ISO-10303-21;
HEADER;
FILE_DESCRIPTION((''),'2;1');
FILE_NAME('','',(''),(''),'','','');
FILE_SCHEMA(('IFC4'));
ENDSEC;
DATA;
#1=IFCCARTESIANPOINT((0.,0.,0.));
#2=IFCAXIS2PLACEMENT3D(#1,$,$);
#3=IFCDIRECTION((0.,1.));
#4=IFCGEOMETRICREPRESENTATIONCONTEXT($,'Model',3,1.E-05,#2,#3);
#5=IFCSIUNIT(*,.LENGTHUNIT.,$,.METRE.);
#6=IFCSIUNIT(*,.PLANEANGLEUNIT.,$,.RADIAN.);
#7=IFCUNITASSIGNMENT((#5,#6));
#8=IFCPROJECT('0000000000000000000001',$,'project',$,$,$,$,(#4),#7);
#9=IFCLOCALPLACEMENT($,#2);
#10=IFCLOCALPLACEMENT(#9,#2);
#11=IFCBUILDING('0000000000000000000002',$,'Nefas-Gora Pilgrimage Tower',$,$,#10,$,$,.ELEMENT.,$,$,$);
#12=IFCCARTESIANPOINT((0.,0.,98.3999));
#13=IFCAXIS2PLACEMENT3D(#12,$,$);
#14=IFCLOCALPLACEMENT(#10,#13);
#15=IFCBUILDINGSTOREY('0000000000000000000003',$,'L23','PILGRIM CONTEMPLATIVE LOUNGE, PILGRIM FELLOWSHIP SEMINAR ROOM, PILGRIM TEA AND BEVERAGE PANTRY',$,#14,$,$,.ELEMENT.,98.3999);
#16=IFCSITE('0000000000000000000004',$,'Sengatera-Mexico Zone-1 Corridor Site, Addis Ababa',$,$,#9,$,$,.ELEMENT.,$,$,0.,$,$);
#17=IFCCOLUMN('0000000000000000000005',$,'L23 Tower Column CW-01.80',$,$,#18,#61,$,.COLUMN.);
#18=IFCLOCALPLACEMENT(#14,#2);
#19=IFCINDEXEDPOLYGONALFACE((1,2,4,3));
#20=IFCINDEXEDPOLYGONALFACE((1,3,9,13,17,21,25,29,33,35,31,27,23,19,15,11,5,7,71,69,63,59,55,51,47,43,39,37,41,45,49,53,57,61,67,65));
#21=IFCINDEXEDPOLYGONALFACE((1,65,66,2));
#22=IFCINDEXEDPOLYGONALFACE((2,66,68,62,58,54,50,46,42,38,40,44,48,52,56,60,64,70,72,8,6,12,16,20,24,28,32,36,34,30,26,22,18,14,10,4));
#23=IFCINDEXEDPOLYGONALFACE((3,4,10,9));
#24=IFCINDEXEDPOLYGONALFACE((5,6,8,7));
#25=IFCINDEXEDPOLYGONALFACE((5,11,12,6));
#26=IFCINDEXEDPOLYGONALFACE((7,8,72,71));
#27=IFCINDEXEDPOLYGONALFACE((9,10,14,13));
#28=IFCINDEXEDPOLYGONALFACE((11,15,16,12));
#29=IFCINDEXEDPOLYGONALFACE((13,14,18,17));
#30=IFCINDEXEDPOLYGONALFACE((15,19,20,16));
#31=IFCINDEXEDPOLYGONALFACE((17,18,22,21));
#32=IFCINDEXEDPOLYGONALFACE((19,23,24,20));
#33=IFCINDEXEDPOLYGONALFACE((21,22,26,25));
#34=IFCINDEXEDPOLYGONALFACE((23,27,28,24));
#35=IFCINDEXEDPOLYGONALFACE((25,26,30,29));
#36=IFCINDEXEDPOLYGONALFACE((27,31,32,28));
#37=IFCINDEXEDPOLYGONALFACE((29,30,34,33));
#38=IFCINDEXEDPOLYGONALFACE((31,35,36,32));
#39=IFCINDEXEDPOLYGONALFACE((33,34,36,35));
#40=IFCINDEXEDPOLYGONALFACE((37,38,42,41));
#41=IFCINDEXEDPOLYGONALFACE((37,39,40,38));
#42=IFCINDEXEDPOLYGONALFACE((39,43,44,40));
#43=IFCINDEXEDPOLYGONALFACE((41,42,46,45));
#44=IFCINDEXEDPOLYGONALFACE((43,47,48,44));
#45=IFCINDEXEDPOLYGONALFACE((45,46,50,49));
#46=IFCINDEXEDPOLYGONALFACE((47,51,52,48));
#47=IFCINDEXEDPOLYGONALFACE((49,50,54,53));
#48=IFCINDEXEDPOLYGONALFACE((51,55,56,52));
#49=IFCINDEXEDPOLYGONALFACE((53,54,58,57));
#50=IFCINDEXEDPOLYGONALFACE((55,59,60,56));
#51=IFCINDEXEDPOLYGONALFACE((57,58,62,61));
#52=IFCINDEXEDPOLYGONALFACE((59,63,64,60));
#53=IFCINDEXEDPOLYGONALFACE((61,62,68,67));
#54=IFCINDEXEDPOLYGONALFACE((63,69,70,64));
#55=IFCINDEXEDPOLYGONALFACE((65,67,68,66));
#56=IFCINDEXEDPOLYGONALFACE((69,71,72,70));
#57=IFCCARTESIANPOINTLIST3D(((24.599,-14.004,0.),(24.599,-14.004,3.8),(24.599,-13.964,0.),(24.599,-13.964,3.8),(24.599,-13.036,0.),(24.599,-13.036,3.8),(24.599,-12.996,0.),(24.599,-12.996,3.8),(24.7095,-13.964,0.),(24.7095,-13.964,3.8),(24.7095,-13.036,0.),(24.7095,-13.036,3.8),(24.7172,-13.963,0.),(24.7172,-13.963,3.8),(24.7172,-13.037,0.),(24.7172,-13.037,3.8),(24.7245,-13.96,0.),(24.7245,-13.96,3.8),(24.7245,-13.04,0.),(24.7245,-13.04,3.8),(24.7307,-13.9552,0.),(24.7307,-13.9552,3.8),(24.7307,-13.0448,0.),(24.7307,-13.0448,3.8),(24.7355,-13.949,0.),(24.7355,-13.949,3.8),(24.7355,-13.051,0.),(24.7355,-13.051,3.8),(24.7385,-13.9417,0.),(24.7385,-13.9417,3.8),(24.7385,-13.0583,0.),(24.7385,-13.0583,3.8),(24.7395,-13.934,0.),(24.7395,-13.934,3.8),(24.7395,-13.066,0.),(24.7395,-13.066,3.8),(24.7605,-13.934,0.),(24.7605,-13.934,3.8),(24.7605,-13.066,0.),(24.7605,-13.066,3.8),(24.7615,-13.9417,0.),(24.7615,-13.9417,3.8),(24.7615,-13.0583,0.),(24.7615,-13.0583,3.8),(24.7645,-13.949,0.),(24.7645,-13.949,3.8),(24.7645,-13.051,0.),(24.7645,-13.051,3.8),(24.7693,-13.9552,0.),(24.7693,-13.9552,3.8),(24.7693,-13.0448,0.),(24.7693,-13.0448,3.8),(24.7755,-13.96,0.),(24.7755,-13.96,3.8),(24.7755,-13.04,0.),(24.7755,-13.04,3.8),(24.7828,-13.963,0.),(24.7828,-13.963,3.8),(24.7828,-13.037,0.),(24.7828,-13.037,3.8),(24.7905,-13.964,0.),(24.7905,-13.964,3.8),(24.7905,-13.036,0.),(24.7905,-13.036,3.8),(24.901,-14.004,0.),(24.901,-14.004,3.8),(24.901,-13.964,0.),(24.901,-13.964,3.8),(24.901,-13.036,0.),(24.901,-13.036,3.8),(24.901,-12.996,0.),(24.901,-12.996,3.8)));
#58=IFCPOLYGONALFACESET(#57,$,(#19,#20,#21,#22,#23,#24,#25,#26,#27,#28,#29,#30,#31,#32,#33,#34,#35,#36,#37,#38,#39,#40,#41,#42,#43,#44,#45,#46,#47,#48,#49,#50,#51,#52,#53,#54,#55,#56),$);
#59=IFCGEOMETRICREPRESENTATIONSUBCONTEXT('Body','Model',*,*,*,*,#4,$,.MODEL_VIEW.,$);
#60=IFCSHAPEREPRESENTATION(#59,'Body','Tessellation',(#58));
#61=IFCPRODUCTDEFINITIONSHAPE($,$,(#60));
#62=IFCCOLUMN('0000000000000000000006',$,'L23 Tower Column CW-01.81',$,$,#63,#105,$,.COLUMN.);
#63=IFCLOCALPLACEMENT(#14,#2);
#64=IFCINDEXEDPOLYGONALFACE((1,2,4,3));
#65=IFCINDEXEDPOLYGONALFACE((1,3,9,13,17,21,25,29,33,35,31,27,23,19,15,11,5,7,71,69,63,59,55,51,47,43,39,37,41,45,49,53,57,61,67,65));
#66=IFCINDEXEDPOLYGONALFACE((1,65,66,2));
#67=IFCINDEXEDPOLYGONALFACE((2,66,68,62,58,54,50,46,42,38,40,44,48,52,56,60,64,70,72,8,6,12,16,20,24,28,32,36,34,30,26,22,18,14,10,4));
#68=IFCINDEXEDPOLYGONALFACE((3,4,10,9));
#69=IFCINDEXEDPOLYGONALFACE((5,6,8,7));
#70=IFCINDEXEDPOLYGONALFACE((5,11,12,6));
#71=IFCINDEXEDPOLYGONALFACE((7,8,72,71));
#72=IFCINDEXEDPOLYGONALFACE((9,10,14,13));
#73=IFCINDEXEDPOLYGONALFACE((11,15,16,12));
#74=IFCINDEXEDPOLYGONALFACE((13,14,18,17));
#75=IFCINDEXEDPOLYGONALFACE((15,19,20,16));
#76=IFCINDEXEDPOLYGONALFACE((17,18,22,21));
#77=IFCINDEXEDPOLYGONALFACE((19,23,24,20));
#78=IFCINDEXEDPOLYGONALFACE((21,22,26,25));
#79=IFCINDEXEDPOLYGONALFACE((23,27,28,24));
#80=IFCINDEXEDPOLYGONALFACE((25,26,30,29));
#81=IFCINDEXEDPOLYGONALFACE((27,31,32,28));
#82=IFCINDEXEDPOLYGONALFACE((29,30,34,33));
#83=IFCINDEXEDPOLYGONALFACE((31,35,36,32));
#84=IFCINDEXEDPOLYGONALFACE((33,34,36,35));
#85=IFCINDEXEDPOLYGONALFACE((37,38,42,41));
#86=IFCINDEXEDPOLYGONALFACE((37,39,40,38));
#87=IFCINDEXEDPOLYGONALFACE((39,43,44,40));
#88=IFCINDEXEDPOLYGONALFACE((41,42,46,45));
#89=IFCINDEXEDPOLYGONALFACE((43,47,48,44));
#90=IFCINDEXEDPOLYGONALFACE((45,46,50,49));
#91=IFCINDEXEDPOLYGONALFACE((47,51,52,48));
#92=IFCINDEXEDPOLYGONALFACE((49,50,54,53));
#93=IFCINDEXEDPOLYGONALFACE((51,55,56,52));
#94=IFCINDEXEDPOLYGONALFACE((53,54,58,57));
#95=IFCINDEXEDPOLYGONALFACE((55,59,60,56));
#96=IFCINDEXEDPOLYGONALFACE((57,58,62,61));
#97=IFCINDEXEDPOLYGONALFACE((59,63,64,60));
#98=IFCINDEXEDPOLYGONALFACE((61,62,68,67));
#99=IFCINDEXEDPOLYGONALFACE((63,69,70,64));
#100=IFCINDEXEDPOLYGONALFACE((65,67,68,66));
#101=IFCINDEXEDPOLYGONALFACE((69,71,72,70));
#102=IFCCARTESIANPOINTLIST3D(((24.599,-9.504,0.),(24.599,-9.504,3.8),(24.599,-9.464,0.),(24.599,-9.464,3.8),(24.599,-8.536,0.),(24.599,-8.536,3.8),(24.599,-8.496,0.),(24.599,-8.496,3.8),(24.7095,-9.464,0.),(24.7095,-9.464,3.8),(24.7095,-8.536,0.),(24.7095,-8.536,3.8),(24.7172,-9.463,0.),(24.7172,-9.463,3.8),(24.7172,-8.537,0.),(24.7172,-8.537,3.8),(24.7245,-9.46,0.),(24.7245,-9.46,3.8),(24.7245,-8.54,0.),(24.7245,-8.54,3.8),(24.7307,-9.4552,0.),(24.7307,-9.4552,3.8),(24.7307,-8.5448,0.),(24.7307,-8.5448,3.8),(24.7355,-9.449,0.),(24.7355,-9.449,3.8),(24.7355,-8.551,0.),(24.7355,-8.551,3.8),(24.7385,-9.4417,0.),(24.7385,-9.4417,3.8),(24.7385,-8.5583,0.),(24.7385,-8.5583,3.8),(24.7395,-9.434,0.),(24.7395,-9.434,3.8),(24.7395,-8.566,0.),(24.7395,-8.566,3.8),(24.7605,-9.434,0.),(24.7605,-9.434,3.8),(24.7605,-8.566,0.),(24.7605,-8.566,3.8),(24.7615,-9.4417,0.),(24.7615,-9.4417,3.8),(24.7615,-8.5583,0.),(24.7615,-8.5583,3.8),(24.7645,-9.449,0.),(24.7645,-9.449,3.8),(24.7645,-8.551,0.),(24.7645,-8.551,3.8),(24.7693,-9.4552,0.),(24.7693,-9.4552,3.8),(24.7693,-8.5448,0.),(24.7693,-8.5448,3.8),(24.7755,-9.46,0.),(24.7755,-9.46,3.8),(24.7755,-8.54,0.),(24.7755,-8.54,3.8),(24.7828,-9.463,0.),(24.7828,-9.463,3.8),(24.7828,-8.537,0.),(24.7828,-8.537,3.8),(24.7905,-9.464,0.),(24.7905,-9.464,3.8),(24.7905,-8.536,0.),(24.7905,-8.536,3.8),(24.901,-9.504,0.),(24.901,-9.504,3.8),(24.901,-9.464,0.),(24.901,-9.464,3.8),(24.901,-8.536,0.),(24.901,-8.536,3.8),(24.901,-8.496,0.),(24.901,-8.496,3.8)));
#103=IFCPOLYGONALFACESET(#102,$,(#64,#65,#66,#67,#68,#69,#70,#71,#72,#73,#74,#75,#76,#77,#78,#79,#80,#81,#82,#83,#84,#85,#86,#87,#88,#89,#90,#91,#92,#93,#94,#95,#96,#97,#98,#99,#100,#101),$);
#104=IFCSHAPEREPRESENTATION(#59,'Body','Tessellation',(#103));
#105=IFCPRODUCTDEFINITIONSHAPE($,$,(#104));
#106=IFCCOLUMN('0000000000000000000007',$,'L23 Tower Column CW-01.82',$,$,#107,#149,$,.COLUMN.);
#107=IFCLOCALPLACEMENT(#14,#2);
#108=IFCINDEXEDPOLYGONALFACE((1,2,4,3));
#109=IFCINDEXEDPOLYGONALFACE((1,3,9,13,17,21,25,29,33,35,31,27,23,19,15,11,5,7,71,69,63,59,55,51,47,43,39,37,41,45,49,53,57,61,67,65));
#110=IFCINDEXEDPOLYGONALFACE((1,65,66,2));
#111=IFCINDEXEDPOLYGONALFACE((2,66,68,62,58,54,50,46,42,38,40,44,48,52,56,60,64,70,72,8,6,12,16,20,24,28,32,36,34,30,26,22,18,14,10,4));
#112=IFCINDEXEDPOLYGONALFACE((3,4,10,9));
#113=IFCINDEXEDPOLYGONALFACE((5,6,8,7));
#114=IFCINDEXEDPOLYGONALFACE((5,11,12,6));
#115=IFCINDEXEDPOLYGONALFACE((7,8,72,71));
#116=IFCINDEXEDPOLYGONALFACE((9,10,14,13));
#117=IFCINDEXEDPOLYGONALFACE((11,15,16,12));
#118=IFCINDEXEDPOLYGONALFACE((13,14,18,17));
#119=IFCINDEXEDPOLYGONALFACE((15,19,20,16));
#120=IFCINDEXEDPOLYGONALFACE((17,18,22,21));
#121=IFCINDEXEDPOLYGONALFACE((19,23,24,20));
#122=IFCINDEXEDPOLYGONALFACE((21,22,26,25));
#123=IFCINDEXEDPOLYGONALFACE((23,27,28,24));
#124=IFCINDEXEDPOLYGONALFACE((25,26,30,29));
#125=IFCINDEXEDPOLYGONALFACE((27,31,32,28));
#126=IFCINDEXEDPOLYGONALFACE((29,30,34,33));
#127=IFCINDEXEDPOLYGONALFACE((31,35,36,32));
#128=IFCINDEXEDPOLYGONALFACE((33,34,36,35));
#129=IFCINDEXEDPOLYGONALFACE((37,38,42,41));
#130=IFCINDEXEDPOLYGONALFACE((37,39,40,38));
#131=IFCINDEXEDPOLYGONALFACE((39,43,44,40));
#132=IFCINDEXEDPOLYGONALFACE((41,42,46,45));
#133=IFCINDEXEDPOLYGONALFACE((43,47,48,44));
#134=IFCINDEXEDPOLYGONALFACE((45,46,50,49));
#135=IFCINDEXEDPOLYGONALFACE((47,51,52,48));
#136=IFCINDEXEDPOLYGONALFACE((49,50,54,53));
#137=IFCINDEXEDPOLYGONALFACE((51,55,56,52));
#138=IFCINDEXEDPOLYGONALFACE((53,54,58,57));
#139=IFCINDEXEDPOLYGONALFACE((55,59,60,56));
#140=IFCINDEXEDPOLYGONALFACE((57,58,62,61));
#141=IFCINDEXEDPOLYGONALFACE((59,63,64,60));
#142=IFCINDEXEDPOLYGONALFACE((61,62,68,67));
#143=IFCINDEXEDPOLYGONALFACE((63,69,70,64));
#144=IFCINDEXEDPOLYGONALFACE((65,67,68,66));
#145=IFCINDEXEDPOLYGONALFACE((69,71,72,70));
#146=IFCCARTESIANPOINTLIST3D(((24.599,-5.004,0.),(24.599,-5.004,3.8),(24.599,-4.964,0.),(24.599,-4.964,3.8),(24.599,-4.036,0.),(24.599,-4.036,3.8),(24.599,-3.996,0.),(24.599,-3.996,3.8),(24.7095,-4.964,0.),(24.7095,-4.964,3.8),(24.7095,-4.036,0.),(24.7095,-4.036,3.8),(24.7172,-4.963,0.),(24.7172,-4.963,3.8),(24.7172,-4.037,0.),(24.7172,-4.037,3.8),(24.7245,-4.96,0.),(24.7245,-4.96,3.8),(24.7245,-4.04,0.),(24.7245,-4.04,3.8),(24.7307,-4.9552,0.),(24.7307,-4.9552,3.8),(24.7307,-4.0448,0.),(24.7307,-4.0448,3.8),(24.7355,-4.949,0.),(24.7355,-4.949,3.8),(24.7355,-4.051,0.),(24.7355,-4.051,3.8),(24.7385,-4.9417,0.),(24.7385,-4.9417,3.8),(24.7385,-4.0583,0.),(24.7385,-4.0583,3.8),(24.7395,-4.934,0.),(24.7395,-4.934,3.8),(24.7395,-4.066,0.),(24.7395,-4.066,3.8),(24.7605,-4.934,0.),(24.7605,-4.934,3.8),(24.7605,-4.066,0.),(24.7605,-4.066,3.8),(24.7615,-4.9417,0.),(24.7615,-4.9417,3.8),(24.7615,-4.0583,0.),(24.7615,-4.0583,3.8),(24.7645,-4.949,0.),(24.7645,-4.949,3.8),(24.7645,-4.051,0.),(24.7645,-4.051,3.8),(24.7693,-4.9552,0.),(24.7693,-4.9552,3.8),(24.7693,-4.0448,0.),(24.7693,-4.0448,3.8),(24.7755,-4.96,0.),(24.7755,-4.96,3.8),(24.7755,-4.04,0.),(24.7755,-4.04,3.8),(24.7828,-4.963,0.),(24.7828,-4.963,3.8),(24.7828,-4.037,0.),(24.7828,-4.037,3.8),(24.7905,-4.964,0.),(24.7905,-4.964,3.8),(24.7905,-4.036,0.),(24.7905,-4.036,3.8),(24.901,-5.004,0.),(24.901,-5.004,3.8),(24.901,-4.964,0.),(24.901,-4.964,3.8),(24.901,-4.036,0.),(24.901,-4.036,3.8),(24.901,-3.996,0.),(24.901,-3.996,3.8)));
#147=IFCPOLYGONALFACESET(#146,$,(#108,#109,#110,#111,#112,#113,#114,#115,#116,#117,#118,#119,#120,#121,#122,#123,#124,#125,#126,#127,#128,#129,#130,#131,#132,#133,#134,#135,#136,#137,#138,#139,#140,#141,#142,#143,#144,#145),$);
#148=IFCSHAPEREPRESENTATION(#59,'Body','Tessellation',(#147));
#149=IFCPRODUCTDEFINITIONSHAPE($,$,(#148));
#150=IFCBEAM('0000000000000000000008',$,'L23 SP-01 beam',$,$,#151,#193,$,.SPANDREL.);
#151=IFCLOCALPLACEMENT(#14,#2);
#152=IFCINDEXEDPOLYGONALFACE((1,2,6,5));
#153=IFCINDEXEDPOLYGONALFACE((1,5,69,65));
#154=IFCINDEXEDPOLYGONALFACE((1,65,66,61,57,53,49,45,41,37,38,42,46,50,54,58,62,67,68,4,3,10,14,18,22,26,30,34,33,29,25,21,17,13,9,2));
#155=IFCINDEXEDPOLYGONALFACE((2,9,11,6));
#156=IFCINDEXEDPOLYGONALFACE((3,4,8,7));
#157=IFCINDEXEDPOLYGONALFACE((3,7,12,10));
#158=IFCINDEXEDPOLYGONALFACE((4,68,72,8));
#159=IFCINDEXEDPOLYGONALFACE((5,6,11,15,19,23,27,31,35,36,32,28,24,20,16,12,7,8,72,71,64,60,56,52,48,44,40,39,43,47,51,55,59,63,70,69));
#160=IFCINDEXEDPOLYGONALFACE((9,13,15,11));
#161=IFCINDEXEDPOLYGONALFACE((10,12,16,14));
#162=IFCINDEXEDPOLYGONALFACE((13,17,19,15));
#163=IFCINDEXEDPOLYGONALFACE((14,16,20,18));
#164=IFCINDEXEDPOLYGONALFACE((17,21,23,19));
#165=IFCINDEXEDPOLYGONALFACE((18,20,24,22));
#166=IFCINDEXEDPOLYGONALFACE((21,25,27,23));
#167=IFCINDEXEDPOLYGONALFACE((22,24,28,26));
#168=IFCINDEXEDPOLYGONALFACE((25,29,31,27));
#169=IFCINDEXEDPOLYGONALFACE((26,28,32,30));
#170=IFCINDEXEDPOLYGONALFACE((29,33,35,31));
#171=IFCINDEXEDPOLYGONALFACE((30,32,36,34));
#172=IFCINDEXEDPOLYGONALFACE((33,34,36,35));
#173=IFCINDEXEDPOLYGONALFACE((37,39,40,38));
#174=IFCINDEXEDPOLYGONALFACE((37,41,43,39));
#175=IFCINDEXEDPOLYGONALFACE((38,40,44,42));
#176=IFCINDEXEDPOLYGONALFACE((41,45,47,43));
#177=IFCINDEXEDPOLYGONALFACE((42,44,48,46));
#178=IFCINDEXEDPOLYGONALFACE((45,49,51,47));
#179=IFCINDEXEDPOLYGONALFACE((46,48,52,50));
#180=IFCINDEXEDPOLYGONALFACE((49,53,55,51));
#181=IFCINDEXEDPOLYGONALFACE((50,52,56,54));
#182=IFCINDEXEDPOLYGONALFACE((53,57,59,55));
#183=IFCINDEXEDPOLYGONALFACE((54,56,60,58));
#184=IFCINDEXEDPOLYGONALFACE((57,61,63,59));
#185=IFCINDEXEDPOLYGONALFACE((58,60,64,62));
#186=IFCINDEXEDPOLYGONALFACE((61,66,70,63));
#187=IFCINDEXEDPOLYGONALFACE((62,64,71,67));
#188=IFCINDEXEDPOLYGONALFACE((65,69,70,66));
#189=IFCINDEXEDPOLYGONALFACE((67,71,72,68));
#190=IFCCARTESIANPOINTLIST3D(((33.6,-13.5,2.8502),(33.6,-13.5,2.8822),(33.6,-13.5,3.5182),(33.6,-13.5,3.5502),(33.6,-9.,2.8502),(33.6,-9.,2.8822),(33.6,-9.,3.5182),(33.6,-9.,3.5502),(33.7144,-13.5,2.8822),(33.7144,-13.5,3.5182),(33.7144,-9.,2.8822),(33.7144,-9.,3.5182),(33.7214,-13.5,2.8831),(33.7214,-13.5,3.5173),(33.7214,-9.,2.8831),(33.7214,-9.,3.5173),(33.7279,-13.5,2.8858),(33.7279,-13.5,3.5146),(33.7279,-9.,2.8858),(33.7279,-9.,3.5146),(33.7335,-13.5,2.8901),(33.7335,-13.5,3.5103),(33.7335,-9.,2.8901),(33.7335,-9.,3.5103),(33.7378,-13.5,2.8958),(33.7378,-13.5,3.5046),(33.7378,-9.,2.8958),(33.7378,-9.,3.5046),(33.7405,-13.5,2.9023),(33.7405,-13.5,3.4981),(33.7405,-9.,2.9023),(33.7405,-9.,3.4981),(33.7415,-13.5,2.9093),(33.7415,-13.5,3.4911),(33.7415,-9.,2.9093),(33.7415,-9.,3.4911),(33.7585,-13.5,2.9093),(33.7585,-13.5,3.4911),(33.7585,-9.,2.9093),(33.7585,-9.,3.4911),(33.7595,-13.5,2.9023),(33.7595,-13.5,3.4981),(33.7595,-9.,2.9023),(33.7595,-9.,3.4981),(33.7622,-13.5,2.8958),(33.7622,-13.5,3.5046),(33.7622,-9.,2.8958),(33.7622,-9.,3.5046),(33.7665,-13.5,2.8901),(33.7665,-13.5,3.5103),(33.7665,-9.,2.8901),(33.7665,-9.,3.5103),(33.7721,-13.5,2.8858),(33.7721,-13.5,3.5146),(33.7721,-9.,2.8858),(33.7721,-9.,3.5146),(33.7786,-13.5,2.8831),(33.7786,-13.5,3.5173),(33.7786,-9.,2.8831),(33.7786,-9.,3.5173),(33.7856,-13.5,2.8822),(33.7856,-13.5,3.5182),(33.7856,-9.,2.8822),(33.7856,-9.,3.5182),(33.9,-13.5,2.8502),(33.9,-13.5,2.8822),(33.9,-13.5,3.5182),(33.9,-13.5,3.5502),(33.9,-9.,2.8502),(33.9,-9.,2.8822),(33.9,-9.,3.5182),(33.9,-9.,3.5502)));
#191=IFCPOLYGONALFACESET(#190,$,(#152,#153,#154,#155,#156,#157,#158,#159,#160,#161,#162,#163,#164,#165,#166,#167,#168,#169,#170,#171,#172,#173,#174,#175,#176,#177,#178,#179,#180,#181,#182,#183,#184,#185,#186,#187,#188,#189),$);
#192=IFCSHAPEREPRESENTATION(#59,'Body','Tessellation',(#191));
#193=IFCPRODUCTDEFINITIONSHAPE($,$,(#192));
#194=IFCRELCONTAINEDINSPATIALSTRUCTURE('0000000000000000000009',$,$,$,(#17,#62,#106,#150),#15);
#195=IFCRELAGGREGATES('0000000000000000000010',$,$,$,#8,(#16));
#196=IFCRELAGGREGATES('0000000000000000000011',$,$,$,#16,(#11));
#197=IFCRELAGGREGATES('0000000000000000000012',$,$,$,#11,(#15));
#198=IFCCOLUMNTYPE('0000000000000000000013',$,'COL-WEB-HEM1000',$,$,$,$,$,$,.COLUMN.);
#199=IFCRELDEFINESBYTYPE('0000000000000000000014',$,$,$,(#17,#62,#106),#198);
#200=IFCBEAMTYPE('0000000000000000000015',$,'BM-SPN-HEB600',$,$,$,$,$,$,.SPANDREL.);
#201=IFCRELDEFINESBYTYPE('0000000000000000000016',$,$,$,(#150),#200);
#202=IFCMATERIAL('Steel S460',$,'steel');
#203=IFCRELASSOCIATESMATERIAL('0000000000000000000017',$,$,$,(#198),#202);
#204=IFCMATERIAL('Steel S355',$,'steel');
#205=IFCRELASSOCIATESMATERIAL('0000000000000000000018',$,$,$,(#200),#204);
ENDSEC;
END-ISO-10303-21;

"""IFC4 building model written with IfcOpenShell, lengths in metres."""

from ifc_helpers import new_model, si_unit, direction, frame, origin, origin_2d, place, context, subcontext, project, spatial, i_section, extrude, source, transform, mapped, material, material_profile, profile_set, type_object, element, save


model = new_model("IFC4")

# Units and contexts
model_context = context("Model", 3, precision=1e-05, world=origin(), true_north=direction((0.0, 1.0)))
body_context = subcontext(model_context, "Body", "Model", "MODEL_VIEW")
ifc_project = project(units=[si_unit("LENGTHUNIT", "METRE"), si_unit("PLANEANGLEUNIT", "RADIAN")], contexts=[model_context])

# Site, building, storey
site_placement = place(None, origin())
site = spatial("IfcSite", under=ifc_project, at=site_placement, Name="Sengatera-Mexico Zone-1 Corridor Site, Addis Ababa", CompositionType="ELEMENT", RefElevation=0.0)
building_placement = place(site_placement, origin())
building = spatial("IfcBuilding", under=site, at=building_placement, Name="Nefas-Gora Pilgrimage Tower", CompositionType="ELEMENT")
storey_placement = place(building_placement, frame((0.0, 0.0, 98.3999)))
storey = spatial("IfcBuildingStorey", under=building, at=storey_placement, Name="L23", Description="PILGRIM CONTEMPLATIVE LOUNGE, PILGRIM FELLOWSHIP SEMINAR ROOM, PILGRIM TEA AND BEVERAGE PANTRY", CompositionType="ELEMENT", Elevation=98.3999)

# Columns
ifc_material_1 = material(Name="Steel S460", Category="steel")
ifc_material_profile_1 = material_profile(ifc_material_1, i_section(OverallWidth=0.302, OverallDepth=1.0081, WebThickness=0.021, FlangeThickness=0.04, FilletRadius=0.03, at=origin_2d()), Name="HEM 1000")
ifc_profile_set_1 = profile_set([ifc_material_profile_1], Name="Steel S460")
column_type_1 = type_object("IfcColumnType", Name="COL-WEB-HEM1000", PredefinedType="COLUMN", material=ifc_profile_set_1)
shared_shape_1 = source(origin(), body_context, "Body", "SweptSolid", [
    extrude(i_section(OverallWidth=0.302, OverallDepth=1.0081, WebThickness=0.021, FlangeThickness=0.04, FilletRadius=0.03, at=origin_2d()), origin(), (0.0, 0.0, 1.0), 3.8),
])
for number, where, z_axis, x_axis, name in (
    (1, (24.75, -13.5, 0.0), (0.0, 0.0, 1.0), (1.0, 0.0, 0.0), "L23 Tower Column CW-01.80"),
    (2, (24.75, -9.0, 0.0), (0.0, 0.0, 1.0), (1.0, 0.0, 0.0), "L23 Tower Column CW-01.81"),
    (3, (24.75, -4.5, 0.0), (0.0, 0.0, 1.0), (1.0, 0.0, 0.0), "L23 Tower Column CW-01.82"),
):
    element("IfcColumn", number, at=place(storey_placement, frame(where, z_axis=z_axis, x_axis=x_axis)), inside=storey, type_object=column_type_1, Name=name, PredefinedType="COLUMN", context=body_context, shape_type="MappedRepresentation", body=[
        mapped(shared_shape_1, transform((0.0, 0.0, 0.0), x_axis=(1.0, 0.0, 0.0), y_axis=(0.0, 1.0, 0.0), z_axis=(0.0, 0.0, 1.0), scale=1.0)),
    ])

# Beam
ifc_material_2 = material(Name="Steel S355", Category="steel")
ifc_material_profile_2 = material_profile(ifc_material_2, i_section(OverallWidth=0.3, OverallDepth=0.7, WebThickness=0.0171, FlangeThickness=0.032, FilletRadius=0.0271, at=origin_2d()), Name="HEB 700")
ifc_profile_set_2 = profile_set([ifc_material_profile_2], Name="Steel S355")
beam_type_1 = type_object("IfcBeamType", Name="BM-SPN-HEB600", PredefinedType="SPANDREL", material=ifc_profile_set_2)
shared_shape_2 = source(origin(), body_context, "Body", "SweptSolid", [
    extrude(i_section(OverallWidth=0.3, OverallDepth=0.7, WebThickness=0.0171, FlangeThickness=0.032, FilletRadius=0.0271, at=origin_2d()), origin(), (0.0, 0.0, 1.0), 4.5),
])
for number, where, z_axis, x_axis, name in (
    (4, (33.75, -13.5, 3.2002), (0.0, 1.0, 0.0), (-1.0, 0.0, 0.0), "L23 SP-01 beam"),
):
    element("IfcBeam", number, at=place(storey_placement, frame(where, z_axis=z_axis, x_axis=x_axis)), inside=storey, type_object=beam_type_1, Name=name, PredefinedType="SPANDREL", context=body_context, shape_type="MappedRepresentation", body=[
        mapped(shared_shape_2, transform((0.0, 0.0, 0.0), x_axis=(1.0, 0.0, 0.0), y_axis=(0.0, 1.0, 0.0), z_axis=(0.0, 0.0, 1.0), scale=1.0)),
    ])

save(model, "model.ifc")
